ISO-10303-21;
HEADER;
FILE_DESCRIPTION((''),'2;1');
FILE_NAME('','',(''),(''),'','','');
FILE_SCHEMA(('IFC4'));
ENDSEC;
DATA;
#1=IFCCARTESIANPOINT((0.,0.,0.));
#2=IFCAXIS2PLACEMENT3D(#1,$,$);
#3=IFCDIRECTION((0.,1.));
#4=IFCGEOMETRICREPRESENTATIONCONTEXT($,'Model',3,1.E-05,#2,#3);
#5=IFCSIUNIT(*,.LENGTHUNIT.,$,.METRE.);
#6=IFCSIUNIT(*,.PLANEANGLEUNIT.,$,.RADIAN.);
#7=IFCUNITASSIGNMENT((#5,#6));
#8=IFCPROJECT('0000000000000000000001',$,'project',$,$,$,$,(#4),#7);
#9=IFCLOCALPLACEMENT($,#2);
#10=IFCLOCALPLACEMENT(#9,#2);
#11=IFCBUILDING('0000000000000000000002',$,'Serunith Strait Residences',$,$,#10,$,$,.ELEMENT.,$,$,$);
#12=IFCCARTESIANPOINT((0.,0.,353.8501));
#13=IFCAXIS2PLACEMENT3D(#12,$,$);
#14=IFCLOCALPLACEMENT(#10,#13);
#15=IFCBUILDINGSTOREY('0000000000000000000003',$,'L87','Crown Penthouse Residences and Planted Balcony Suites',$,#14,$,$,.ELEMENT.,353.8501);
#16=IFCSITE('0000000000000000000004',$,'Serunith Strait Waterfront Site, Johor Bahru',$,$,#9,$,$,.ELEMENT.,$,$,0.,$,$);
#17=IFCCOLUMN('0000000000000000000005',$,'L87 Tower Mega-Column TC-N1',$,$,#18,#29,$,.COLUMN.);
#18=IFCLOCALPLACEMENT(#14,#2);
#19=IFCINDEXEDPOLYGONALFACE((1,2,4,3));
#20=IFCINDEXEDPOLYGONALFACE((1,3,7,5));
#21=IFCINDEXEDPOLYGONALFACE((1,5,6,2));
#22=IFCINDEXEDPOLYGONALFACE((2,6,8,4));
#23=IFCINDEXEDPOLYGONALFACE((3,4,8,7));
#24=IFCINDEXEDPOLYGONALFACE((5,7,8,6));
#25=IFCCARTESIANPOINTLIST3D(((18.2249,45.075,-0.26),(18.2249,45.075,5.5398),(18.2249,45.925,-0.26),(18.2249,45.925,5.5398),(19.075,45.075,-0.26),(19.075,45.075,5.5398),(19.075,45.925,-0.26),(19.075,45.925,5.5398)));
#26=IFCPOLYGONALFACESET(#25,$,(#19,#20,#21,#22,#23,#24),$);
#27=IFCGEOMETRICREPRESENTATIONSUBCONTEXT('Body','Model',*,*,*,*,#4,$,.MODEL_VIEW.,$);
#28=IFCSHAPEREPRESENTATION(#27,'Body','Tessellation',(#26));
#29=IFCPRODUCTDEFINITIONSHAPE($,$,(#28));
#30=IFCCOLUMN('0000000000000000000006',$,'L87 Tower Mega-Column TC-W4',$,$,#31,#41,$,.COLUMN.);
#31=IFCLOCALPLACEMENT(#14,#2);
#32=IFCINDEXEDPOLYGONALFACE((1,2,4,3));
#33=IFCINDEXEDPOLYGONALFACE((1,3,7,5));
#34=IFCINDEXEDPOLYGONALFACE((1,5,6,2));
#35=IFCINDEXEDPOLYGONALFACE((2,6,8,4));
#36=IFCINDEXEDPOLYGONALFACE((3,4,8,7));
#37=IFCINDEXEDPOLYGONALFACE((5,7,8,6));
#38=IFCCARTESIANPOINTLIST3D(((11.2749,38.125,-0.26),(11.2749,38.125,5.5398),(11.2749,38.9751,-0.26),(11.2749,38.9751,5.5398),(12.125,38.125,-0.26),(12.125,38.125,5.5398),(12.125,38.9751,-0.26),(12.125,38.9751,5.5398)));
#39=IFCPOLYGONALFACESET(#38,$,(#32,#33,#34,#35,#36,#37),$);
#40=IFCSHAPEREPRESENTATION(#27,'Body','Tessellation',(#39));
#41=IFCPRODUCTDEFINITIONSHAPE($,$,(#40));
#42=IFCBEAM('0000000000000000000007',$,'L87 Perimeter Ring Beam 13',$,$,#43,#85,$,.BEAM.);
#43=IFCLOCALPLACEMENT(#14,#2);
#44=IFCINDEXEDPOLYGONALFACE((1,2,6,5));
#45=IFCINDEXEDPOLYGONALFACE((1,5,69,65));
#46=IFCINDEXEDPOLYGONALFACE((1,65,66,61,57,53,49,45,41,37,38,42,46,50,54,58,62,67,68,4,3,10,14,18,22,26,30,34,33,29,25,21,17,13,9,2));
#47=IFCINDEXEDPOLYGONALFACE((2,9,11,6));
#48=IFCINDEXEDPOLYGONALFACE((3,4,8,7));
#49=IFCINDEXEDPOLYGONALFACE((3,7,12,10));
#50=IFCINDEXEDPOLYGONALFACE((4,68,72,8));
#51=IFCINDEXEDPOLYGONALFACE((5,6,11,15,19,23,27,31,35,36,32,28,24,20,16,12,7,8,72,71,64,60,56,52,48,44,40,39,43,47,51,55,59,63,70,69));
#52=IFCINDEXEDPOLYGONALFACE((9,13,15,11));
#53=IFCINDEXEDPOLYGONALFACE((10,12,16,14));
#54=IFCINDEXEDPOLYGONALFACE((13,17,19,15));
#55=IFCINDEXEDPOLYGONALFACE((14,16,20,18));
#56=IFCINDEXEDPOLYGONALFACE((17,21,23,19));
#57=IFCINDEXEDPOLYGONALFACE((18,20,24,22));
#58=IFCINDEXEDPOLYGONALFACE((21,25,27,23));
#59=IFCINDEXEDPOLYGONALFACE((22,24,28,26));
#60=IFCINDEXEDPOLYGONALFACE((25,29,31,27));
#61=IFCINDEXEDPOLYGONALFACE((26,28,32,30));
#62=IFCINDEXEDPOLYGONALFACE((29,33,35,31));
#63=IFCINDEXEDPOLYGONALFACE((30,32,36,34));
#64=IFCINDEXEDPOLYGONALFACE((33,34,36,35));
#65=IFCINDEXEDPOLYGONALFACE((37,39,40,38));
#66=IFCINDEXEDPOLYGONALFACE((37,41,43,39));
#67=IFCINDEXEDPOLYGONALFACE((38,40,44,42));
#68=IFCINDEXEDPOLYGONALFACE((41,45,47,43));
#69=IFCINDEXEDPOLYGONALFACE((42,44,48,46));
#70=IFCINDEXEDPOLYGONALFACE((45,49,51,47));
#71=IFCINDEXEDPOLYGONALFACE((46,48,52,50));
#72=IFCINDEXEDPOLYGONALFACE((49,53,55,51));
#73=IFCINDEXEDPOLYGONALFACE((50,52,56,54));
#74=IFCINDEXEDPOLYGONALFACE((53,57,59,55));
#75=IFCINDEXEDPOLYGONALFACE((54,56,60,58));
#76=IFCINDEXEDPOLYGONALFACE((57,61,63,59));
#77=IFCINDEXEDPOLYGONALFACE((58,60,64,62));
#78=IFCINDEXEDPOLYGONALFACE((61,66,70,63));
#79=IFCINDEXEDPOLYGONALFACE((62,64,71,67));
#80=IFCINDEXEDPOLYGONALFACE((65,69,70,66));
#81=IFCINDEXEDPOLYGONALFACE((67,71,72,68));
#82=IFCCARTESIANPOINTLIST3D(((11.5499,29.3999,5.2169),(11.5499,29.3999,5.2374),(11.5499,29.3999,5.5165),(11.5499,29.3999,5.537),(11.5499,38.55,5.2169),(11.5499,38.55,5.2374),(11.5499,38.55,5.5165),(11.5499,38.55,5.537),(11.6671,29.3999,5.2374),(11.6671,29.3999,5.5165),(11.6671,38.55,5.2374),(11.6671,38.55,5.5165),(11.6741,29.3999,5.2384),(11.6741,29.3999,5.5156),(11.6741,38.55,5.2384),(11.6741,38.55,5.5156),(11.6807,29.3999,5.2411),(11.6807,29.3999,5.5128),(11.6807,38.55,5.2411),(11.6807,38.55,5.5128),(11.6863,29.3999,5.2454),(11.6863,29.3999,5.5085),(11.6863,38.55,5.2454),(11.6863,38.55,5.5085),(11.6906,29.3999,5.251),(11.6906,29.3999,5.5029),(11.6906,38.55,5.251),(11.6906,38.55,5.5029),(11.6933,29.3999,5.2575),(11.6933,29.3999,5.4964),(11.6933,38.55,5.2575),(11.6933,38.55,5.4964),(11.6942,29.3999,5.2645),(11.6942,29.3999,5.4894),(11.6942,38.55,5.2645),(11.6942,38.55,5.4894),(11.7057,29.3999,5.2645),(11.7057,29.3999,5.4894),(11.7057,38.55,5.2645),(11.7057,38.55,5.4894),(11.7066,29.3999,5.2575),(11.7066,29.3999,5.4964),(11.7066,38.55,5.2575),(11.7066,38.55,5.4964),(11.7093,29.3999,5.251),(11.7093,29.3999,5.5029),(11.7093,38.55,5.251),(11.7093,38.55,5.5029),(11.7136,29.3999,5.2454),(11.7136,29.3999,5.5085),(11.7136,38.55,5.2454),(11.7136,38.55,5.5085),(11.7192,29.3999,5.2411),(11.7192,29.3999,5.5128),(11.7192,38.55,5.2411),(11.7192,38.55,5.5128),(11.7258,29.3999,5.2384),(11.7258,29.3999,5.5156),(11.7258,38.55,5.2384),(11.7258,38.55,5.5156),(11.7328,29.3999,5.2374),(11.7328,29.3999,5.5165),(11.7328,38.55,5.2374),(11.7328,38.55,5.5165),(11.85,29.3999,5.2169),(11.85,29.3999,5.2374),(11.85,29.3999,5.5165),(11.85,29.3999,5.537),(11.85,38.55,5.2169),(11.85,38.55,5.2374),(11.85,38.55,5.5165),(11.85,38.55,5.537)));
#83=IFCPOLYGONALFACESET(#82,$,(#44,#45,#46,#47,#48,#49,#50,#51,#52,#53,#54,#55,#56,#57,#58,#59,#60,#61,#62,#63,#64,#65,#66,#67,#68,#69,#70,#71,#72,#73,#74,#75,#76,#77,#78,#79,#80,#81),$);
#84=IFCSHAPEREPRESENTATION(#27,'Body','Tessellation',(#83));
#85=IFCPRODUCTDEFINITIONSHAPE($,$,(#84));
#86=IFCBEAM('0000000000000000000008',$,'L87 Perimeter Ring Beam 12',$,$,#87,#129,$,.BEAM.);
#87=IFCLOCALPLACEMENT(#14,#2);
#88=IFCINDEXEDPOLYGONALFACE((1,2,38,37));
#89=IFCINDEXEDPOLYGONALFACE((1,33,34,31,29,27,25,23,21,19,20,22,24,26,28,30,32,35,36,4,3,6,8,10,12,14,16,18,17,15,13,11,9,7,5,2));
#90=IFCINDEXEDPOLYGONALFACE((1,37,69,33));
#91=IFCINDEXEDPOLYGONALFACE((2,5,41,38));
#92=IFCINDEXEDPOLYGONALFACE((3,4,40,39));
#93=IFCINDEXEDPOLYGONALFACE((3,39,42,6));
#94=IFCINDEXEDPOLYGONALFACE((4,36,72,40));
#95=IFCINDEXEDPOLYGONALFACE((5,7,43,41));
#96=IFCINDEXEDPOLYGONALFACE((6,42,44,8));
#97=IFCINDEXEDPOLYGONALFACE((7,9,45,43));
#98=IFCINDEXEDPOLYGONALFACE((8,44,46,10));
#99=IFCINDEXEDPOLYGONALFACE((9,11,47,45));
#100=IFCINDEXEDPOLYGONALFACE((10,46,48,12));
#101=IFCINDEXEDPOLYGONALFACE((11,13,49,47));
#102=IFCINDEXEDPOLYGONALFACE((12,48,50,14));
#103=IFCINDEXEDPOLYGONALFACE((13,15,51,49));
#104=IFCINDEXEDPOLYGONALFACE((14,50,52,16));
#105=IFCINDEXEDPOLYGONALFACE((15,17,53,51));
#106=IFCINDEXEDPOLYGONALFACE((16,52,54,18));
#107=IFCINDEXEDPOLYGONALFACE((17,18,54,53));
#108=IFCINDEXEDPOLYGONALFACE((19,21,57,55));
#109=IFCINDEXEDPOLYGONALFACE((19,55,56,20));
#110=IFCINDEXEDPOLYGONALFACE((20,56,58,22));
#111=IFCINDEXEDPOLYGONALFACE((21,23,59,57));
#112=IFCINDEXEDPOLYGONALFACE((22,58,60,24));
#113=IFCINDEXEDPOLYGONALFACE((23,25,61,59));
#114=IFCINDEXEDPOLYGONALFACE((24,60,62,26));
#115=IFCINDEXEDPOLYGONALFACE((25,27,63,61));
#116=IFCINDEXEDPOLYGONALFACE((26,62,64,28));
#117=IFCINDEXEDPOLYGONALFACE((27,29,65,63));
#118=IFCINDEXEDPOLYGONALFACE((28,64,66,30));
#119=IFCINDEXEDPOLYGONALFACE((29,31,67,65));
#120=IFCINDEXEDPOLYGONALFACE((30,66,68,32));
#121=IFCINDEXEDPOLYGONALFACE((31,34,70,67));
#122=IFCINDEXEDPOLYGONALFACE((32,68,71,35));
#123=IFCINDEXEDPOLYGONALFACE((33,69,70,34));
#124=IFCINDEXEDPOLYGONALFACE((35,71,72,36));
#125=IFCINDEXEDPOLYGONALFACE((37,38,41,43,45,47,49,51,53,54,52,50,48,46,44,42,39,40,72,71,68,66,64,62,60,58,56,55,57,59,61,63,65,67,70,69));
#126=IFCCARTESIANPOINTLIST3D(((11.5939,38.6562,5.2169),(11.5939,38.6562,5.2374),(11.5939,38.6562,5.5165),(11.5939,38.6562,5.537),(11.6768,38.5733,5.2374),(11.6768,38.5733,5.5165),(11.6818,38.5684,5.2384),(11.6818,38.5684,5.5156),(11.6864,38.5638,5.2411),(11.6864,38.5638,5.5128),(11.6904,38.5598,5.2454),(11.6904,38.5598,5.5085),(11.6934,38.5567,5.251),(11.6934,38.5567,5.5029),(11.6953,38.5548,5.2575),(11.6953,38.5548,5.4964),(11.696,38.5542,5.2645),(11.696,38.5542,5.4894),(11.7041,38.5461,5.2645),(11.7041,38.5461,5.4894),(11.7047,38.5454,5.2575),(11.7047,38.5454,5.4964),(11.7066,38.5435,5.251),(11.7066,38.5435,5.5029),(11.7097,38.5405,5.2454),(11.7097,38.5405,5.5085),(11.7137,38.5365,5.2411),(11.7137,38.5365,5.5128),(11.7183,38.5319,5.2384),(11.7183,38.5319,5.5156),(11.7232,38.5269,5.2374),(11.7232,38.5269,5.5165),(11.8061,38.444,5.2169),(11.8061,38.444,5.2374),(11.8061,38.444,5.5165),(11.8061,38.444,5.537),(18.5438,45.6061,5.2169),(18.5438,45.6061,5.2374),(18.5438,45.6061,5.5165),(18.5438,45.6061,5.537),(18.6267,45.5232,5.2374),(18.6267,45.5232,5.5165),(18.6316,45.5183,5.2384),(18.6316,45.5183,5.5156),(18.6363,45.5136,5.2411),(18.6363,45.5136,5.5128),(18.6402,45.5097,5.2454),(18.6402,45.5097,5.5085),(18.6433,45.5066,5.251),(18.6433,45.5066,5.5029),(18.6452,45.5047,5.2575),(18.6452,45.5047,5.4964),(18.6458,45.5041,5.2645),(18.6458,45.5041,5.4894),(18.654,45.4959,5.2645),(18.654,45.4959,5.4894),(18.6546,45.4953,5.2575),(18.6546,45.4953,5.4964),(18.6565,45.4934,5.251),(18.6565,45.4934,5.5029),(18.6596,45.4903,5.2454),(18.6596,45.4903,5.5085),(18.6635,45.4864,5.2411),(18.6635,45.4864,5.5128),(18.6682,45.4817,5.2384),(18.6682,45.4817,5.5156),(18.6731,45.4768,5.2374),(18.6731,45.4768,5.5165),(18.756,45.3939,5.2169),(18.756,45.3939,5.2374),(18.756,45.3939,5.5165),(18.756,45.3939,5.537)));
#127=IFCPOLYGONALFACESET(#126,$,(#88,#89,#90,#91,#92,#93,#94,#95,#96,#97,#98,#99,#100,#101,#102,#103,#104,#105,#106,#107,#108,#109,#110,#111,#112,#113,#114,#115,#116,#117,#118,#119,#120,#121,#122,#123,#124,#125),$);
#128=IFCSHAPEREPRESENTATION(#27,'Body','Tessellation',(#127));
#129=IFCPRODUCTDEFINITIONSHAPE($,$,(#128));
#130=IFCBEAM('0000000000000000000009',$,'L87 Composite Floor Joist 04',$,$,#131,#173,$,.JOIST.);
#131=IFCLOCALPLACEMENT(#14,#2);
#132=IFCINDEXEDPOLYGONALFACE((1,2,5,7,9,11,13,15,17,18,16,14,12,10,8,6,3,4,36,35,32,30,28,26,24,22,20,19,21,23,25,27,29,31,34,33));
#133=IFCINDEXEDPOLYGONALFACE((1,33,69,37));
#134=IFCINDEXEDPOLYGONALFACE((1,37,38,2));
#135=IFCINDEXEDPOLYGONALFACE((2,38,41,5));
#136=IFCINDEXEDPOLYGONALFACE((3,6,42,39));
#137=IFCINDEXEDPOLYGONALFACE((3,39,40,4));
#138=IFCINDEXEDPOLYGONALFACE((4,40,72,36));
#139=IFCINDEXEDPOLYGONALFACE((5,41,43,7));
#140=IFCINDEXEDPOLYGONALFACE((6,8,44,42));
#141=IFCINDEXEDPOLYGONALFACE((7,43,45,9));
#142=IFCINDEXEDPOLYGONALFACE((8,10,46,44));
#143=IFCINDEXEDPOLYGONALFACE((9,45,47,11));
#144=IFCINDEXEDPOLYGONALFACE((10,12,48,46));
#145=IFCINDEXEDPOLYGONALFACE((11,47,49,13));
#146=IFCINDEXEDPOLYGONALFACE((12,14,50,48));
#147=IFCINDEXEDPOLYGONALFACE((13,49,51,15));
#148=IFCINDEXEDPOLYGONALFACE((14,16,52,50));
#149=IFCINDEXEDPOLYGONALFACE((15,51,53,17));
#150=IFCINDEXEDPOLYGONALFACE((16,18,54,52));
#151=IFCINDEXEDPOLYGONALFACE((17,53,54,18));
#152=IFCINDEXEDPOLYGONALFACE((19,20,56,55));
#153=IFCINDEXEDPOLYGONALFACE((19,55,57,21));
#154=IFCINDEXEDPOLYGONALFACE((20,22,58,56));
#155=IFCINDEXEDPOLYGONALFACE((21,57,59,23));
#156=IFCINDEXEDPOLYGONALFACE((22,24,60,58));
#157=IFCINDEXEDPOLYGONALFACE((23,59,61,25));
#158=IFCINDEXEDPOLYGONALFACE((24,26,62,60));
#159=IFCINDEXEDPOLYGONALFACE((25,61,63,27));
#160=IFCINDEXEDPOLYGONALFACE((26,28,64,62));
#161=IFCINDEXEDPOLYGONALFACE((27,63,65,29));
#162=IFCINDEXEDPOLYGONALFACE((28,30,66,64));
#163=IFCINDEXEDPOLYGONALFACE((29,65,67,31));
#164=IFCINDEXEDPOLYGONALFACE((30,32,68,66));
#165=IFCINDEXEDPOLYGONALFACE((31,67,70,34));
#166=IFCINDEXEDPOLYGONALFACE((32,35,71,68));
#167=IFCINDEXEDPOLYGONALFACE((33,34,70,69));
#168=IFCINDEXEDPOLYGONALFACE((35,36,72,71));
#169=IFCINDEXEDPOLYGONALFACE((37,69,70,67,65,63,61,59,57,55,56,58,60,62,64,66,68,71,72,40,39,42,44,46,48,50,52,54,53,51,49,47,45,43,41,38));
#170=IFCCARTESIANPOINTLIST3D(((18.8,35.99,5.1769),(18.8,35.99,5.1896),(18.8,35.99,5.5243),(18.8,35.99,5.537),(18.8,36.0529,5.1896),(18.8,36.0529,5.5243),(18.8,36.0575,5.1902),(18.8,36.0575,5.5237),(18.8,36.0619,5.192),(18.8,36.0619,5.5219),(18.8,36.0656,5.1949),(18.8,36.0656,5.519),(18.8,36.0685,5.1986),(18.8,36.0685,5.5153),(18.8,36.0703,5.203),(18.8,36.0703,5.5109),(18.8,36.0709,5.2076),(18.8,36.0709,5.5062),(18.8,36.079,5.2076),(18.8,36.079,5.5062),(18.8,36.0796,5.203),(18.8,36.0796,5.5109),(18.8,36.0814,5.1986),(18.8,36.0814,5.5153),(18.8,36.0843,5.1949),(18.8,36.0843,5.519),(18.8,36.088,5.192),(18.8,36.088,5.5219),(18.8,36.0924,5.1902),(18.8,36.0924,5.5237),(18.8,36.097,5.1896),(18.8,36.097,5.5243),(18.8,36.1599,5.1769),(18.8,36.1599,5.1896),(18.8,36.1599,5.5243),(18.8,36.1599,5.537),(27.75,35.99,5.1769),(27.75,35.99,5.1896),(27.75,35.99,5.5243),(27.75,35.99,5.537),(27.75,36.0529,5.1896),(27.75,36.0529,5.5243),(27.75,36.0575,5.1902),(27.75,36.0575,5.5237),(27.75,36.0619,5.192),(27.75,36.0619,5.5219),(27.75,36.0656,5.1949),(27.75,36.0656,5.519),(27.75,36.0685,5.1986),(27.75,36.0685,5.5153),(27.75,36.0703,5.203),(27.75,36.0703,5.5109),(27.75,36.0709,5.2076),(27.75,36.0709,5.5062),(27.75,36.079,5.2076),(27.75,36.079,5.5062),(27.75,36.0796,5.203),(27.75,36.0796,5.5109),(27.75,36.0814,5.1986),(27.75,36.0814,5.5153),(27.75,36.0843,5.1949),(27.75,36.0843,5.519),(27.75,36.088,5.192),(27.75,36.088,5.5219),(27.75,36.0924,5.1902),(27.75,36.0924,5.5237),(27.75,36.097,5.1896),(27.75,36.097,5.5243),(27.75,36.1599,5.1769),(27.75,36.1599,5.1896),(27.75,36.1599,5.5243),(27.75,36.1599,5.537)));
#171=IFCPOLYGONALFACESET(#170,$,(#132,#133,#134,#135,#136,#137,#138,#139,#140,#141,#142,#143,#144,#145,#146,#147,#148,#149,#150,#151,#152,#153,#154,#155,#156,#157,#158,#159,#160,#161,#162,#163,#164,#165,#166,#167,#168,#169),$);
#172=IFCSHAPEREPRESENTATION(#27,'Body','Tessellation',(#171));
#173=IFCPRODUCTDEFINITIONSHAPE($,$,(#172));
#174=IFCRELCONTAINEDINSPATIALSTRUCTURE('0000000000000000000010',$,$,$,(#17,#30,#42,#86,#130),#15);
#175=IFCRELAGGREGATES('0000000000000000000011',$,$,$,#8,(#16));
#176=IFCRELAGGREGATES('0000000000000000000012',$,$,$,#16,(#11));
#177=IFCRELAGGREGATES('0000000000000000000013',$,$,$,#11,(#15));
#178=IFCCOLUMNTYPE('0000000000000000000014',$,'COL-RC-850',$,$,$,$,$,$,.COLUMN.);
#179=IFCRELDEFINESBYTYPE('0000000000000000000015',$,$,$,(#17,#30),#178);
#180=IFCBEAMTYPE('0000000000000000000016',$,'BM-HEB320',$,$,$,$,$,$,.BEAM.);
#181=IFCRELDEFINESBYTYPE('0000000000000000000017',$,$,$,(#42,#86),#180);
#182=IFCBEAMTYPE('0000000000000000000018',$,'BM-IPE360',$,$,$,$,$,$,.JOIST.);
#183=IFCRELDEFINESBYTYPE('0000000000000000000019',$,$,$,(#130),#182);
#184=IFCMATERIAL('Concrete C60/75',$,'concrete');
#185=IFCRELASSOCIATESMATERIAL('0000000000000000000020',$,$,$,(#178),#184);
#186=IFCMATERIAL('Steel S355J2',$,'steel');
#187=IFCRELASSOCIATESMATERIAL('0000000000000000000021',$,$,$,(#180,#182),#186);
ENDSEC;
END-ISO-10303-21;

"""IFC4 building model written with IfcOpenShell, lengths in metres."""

from ifc_helpers import new_model, si_unit, direction, frame, origin, origin_2d, place, context, subcontext, project, spatial, rectangle, i_section, extrude, source, transform, mapped, material, material_profile, profile_set, type_object, element, save


model = new_model("IFC4")

# Units and contexts
model_context = context("Model", 3, precision=1e-05, world=origin(), true_north=direction((0.0, 1.0)))
body_context = subcontext(model_context, "Body", "Model", "MODEL_VIEW")
ifc_project = project(units=[si_unit("LENGTHUNIT", "METRE"), si_unit("PLANEANGLEUNIT", "RADIAN")], contexts=[model_context])

# Site, building, storey
site_placement = place(None, origin())
site = spatial("IfcSite", under=ifc_project, at=site_placement, Name="Serunith Strait Waterfront Site, Johor Bahru", CompositionType="ELEMENT", RefElevation=0.0)
building_placement = place(site_placement, origin())
building = spatial("IfcBuilding", under=site, at=building_placement, Name="Serunith Strait Residences", CompositionType="ELEMENT")
storey_placement = place(building_placement, frame((0.0, 0.0, 353.8501)))
storey = spatial("IfcBuildingStorey", under=building, at=storey_placement, Name="L87", Description="Crown Penthouse Residences and Planted Balcony Suites", CompositionType="ELEMENT", Elevation=353.8501)

# Columns
ifc_material_1 = material(Name="Concrete C60/75", Category="concrete")
ifc_material_profile_1 = material_profile(ifc_material_1, rectangle(XDim=0.8501, YDim=0.8501, at=origin_2d()), Name="RC 850x850")
ifc_profile_set_1 = profile_set([ifc_material_profile_1], Name="Concrete C60/75")
column_type = type_object("IfcColumnType", Name="COL-RC-850", PredefinedType="COLUMN", material=ifc_profile_set_1)
shared_shape_1 = source(origin(), body_context, "Body", "SweptSolid", [
    extrude(rectangle(XDim=0.8501, YDim=0.8501, at=origin_2d()), origin(), (0.0, 0.0, 1.0), 5.7998),
])
for number, where, z_axis, x_axis, name in (
    (1, (18.6499, 45.5, -0.26), (0.0, 0.0, 1.0), (1.0, 0.0, 0.0), "L87 Tower Mega-Column TC-N1"),
    (2, (11.7, 38.55, -0.26), (0.0, 0.0, 1.0), (1.0, 0.0, 0.0), "L87 Tower Mega-Column TC-W4"),
):
    element("IfcColumn", number, at=place(storey_placement, frame(where, z_axis=z_axis, x_axis=x_axis)), inside=storey, type_object=column_type, Name=name, PredefinedType="COLUMN", context=body_context, shape_type="MappedRepresentation", body=[
        mapped(shared_shape_1, transform((0.0, 0.0, 0.0), scale=1.0)),
    ])

# Beams
ifc_material_2 = material(Name="Steel S355J2", Category="steel")
ifc_material_profile_2 = material_profile(ifc_material_2, i_section(OverallWidth=0.3, OverallDepth=0.3201, WebThickness=0.0115, FlangeThickness=0.0205, FilletRadius=0.0271, at=origin_2d()), Name="HEB 320")
ifc_profile_set_2 = profile_set([ifc_material_profile_2], Name="Steel S355J2")
beam_type_1 = type_object("IfcBeamType", Name="BM-HEB320", PredefinedType="BEAM", material=ifc_profile_set_2)
shared_shape_2 = source(origin(), body_context, "Body", "SweptSolid", [
    extrude(i_section(OverallWidth=0.3, OverallDepth=0.3201, WebThickness=0.0115, FlangeThickness=0.0205, FilletRadius=0.0271, at=origin_2d()), origin(), (0.0, 0.0, 1.0), 9.1501),
])
beam_1_placement = place(storey_placement, frame((11.7, 38.55, 5.377), z_axis=(0.0, -1.0, 0.0), x_axis=(1.0, 0.0, 0.0)))
element("IfcBeam", 3, at=beam_1_placement, inside=storey, type_object=beam_type_1, Name="L87 Perimeter Ring Beam 13", PredefinedType="BEAM", context=body_context, shape_type="MappedRepresentation", body=[
    mapped(shared_shape_2, transform((0.0, 0.0, 0.0), scale=1.0)),
])
shared_shape_3 = source(origin(), body_context, "Body", "SweptSolid", [
    extrude(i_section(OverallWidth=0.3, OverallDepth=0.3201, WebThickness=0.0115, FlangeThickness=0.0205, FilletRadius=0.0271, at=origin_2d()), origin(), (0.0, 0.0, 1.0), 9.8286),
])
beam_2_placement = place(storey_placement, frame((18.6499, 45.5, 5.377), z_axis=(-0.707107, -0.707107, 0.0), x_axis=(0.707107, -0.707107, 0.0)))
element("IfcBeam", 4, at=beam_2_placement, inside=storey, type_object=beam_type_1, Name="L87 Perimeter Ring Beam 12", PredefinedType="BEAM", context=body_context, shape_type="MappedRepresentation", body=[
    mapped(shared_shape_3, transform((0.0, 0.0, 0.0), scale=1.0)),
])
ifc_material_profile_3 = material_profile(ifc_material_2, i_section(OverallWidth=0.1699, OverallDepth=0.3601, WebThickness=0.0081, FlangeThickness=0.0127, FilletRadius=0.0181, at=origin_2d()), Name="IPE 360")
ifc_profile_set_3 = profile_set([ifc_material_profile_3], Name="Steel S355J2")
beam_type_2 = type_object("IfcBeamType", Name="BM-IPE360", PredefinedType="JOIST", material=ifc_profile_set_3)
shared_shape_4 = source(origin(), body_context, "Body", "SweptSolid", [
    extrude(i_section(OverallWidth=0.1699, OverallDepth=0.3601, WebThickness=0.0081, FlangeThickness=0.0127, FilletRadius=0.0181, at=origin_2d()), origin(), (0.0, 0.0, 1.0), 8.95),
])
beam_3_placement = place(storey_placement, frame((18.8, 36.075, 5.3569), z_axis=(1.0, 0.0, 0.0), x_axis=(0.0, 1.0, 0.0)))
element("IfcBeam", 5, at=beam_3_placement, inside=storey, type_object=beam_type_2, Name="L87 Composite Floor Joist 04", PredefinedType="JOIST", context=body_context, shape_type="MappedRepresentation", body=[
    mapped(shared_shape_4, transform((0.0, 0.0, 0.0), scale=1.0)),
])

save(model, "model.ifc")
